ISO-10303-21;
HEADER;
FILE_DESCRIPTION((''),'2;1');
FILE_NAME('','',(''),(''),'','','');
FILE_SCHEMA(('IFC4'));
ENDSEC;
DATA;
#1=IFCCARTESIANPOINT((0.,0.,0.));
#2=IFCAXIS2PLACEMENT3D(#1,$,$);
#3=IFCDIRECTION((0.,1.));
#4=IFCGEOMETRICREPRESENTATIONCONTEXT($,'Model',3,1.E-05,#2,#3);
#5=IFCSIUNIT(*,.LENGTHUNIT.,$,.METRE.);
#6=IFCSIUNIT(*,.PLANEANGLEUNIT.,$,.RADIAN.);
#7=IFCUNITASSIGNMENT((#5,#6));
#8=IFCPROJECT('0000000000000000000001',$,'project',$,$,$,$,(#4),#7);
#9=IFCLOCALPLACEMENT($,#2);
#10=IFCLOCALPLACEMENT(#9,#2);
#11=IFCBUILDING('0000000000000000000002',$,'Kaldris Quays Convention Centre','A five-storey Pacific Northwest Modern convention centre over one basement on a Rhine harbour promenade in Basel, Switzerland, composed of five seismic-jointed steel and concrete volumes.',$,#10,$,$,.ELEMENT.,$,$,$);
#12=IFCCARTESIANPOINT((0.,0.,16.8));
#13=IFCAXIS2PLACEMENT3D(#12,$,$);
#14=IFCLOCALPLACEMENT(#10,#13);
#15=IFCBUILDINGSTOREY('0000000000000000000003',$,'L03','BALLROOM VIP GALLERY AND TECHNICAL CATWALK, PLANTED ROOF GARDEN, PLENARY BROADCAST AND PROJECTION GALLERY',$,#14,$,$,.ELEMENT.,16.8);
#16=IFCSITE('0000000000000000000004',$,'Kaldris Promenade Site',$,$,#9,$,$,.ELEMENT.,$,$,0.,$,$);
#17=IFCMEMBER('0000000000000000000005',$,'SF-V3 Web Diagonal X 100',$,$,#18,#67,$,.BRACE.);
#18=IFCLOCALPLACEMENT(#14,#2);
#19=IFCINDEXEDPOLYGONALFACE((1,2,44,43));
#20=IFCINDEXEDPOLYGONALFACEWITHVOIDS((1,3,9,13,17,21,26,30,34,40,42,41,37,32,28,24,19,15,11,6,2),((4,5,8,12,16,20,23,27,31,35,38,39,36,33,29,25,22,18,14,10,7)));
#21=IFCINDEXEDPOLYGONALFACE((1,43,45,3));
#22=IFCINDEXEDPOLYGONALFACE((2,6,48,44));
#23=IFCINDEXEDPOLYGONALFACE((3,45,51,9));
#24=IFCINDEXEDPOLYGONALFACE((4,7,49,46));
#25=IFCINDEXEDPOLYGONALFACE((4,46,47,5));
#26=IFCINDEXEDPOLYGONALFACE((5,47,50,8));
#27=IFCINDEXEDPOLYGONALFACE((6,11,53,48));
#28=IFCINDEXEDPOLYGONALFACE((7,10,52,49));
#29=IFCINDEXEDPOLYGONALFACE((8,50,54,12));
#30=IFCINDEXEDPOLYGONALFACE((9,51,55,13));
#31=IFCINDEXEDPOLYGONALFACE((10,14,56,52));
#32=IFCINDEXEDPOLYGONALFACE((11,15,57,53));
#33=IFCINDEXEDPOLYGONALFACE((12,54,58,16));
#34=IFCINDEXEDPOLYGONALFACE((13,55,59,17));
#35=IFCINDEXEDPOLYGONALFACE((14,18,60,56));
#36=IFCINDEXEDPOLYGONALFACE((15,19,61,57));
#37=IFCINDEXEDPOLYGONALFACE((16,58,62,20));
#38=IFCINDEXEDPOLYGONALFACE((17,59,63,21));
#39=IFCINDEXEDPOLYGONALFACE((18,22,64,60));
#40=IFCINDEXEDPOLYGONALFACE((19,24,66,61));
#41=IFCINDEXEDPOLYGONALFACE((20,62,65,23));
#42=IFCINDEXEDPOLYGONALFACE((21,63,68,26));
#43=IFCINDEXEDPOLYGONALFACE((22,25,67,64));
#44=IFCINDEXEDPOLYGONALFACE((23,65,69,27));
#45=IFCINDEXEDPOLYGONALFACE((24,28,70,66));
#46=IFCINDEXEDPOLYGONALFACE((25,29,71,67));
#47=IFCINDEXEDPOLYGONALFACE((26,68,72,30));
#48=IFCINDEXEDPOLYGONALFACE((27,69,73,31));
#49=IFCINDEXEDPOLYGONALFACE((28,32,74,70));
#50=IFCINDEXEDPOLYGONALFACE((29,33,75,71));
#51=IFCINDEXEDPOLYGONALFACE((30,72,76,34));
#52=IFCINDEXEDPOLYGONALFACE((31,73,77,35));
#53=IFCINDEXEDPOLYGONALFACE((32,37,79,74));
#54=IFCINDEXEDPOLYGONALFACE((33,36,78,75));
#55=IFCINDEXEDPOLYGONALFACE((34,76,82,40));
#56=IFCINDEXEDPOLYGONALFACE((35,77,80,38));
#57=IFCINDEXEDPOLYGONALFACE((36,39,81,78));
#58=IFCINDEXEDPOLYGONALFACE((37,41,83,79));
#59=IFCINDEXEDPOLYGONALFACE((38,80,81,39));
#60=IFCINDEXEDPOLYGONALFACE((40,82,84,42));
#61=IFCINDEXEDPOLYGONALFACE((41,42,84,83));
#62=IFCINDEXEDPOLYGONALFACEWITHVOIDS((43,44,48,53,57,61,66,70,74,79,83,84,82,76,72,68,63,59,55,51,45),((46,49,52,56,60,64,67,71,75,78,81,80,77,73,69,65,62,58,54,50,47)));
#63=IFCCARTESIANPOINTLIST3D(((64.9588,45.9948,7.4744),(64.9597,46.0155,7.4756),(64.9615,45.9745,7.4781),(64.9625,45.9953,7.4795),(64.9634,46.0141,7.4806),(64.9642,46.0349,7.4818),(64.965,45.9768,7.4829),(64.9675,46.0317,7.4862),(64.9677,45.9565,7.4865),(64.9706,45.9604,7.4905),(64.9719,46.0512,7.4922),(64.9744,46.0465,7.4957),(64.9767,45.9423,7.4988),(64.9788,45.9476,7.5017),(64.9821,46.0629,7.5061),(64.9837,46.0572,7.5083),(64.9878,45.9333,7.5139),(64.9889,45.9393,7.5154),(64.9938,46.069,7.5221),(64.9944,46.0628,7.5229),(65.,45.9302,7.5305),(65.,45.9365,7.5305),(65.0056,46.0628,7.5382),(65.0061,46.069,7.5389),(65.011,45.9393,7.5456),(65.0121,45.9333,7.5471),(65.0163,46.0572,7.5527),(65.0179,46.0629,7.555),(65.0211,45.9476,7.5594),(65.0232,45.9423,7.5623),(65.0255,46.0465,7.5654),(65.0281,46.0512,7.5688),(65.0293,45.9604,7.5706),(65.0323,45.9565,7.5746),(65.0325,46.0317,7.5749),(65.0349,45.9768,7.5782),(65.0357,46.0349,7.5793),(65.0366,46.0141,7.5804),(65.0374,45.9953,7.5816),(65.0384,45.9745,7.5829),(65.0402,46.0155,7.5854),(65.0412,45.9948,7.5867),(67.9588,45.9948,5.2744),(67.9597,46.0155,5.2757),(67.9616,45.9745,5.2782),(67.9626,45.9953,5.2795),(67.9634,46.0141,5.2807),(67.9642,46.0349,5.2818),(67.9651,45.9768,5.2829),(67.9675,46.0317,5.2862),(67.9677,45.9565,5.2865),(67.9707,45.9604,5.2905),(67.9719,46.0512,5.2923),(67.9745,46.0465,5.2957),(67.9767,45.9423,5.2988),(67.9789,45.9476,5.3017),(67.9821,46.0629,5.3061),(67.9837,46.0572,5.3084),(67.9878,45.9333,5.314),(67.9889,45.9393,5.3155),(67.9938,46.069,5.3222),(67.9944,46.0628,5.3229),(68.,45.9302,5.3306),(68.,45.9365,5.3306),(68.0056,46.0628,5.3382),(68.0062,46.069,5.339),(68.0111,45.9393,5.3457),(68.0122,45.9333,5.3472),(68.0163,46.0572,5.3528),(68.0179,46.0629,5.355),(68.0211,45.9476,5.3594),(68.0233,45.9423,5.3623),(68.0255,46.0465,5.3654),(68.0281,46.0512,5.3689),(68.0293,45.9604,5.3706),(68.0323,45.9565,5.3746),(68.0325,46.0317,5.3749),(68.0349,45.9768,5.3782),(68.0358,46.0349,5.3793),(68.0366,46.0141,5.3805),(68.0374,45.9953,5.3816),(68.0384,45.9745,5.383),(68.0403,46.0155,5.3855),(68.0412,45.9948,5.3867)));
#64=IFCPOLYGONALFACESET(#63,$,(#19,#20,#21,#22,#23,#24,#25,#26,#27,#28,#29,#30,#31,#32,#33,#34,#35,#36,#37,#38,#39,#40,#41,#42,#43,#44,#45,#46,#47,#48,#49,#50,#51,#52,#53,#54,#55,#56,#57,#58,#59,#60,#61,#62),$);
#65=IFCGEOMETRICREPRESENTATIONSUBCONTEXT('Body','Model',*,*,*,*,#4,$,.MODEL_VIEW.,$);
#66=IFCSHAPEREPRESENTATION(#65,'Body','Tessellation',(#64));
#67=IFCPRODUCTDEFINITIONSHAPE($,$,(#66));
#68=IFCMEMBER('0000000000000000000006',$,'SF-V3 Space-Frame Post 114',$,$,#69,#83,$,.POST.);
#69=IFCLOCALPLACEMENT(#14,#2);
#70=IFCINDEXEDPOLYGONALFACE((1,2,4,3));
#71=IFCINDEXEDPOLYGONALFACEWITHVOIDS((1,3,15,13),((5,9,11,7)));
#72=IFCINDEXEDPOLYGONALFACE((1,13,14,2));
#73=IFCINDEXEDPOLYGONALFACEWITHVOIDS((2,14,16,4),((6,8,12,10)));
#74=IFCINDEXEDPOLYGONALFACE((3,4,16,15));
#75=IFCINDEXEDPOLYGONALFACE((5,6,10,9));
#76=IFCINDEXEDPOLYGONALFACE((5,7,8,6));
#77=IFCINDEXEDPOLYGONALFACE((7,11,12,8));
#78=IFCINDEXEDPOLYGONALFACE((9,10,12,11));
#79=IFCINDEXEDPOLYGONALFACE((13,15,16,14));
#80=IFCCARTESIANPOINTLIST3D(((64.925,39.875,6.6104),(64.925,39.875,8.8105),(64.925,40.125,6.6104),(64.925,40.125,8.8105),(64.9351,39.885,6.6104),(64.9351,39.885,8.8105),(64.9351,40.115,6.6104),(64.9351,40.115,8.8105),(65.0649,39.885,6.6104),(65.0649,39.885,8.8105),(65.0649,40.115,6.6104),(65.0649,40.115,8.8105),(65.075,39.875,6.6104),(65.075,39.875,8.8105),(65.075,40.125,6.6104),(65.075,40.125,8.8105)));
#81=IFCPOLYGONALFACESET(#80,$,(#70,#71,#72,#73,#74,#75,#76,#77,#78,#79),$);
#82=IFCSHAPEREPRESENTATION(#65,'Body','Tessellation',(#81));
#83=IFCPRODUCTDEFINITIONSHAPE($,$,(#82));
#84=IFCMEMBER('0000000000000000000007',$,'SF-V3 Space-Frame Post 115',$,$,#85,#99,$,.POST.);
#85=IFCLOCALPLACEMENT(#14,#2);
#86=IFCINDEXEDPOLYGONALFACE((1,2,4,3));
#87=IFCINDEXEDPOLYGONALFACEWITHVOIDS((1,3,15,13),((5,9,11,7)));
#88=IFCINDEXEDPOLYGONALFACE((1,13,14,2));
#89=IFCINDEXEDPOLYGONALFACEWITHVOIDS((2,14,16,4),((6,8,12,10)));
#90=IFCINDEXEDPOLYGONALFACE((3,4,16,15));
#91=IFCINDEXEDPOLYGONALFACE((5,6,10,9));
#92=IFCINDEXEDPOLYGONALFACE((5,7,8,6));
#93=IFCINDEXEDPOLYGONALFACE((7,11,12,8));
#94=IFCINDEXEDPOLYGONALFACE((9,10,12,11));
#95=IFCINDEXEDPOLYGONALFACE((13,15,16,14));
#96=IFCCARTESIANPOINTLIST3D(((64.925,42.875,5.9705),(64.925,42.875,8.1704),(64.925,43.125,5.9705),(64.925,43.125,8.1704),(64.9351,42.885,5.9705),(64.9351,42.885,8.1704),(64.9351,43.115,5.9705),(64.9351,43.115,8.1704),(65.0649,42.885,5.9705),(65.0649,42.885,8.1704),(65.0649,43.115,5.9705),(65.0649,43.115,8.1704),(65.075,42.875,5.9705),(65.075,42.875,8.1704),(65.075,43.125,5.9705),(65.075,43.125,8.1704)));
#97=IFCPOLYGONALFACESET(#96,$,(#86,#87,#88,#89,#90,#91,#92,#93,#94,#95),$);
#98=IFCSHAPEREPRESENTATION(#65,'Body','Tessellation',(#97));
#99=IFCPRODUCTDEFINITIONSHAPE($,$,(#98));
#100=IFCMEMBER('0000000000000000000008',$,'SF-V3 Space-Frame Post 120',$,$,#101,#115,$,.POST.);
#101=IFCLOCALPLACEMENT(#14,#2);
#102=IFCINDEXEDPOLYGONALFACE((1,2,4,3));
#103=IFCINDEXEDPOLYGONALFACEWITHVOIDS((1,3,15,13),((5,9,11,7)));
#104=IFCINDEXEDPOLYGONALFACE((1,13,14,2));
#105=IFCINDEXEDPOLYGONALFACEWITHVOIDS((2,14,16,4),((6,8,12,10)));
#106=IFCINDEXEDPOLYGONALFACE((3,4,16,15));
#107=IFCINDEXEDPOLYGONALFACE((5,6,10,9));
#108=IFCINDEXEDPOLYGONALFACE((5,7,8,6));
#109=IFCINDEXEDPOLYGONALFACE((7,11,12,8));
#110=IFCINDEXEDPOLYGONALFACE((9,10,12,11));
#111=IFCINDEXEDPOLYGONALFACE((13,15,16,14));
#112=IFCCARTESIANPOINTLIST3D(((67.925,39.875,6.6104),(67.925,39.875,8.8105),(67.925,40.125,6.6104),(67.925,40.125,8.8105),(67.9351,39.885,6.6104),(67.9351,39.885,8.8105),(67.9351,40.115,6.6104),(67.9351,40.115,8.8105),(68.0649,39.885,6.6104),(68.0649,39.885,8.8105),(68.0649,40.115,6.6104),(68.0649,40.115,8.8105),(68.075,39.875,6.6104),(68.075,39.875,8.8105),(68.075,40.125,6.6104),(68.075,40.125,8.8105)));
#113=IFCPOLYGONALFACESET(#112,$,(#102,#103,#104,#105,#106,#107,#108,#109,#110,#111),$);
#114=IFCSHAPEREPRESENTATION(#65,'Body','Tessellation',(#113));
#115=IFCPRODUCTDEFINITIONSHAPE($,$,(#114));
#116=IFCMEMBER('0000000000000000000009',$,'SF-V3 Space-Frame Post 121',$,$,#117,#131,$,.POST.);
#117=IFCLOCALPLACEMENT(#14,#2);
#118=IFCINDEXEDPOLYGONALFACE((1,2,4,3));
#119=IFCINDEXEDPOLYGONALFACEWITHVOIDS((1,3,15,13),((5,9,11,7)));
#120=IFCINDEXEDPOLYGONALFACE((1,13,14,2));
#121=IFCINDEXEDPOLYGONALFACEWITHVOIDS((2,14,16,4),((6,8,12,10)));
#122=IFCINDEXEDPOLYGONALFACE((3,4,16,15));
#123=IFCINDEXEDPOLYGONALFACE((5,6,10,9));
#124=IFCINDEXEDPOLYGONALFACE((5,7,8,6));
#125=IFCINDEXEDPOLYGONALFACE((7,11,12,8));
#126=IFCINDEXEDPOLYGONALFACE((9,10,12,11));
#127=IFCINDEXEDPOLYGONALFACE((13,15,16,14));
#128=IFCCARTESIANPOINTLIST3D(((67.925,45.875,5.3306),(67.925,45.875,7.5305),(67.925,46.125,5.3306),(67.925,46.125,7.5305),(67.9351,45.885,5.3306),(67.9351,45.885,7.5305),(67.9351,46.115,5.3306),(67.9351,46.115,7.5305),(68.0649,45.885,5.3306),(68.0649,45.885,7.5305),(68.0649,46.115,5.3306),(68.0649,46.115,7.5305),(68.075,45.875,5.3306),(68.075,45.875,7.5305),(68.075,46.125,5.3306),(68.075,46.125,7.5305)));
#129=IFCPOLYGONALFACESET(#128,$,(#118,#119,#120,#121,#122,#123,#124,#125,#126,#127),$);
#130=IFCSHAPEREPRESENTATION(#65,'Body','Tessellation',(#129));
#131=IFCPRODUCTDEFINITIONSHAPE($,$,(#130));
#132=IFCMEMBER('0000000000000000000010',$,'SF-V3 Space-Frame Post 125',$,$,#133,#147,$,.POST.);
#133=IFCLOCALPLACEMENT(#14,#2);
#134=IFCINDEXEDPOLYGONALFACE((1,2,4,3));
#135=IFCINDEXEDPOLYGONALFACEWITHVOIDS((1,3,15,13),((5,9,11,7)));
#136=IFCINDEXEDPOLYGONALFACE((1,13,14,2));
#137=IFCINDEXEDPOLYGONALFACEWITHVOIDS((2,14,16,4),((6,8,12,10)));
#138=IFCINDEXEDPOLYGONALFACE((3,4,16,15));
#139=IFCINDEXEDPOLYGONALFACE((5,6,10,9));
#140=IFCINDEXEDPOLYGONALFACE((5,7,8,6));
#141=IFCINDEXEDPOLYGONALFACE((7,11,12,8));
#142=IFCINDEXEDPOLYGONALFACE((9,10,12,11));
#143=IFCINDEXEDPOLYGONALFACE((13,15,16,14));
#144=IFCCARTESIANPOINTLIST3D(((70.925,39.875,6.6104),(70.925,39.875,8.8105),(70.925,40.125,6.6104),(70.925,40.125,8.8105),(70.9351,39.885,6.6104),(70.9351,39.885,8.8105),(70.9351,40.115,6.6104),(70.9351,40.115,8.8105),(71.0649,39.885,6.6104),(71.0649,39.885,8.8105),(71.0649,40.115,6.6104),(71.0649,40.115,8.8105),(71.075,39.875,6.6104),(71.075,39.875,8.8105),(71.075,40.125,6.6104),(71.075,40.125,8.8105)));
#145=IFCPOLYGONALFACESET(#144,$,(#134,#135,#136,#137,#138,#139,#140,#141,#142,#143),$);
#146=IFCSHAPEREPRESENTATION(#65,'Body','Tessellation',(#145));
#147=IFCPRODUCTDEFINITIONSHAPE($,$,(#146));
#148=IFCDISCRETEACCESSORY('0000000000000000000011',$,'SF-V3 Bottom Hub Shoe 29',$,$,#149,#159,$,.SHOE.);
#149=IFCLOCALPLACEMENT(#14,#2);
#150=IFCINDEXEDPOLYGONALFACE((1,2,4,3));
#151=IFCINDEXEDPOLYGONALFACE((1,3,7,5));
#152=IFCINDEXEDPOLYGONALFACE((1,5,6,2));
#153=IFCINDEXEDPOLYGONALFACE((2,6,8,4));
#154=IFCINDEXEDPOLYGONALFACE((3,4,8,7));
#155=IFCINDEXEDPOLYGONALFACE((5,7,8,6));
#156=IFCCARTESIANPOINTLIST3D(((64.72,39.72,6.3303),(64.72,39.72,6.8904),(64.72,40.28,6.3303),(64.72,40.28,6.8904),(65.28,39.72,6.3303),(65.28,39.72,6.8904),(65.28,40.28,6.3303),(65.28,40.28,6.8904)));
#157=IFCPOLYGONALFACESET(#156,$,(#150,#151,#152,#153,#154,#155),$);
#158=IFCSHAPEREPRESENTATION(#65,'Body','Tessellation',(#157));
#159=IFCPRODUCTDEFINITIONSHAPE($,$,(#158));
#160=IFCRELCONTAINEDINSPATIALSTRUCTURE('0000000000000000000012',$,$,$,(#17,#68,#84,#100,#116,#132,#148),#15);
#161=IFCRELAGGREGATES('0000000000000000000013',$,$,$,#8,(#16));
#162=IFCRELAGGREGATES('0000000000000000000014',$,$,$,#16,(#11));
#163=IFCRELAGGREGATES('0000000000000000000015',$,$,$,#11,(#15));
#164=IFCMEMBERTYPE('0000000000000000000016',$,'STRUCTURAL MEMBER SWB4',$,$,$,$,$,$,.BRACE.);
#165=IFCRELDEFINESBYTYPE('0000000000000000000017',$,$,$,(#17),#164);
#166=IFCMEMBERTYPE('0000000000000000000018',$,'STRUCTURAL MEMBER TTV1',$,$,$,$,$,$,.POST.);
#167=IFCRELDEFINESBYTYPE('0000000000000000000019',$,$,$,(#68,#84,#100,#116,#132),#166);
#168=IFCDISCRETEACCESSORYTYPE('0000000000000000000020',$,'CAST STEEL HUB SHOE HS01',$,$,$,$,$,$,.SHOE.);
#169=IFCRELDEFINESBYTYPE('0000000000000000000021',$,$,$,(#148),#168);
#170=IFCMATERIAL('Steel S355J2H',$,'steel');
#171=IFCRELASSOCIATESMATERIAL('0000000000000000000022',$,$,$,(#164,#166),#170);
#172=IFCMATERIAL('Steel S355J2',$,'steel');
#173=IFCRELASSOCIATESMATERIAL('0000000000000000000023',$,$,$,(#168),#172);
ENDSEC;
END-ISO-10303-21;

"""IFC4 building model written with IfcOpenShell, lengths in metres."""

from ifc_helpers import new_model, si_unit, direction, frame, origin, origin_2d, place, context, subcontext, project, spatial, rectangle, hollow_rectangle, hollow_circle, extrude, material, material_profile, profile_set, type_object, element, save


model = new_model("IFC4")

# Units and contexts
model_context = context("Model", 3, precision=1e-05, world=origin(), true_north=direction((0.0, 1.0)))
body_context = subcontext(model_context, "Body", "Model", "MODEL_VIEW")
ifc_project = project(units=[si_unit("LENGTHUNIT", "METRE"), si_unit("PLANEANGLEUNIT", "RADIAN")], contexts=[model_context])

# Site, building, storey
site_placement = place(None, origin())
site = spatial("IfcSite", under=ifc_project, at=site_placement, Name="Kaldris Promenade Site", CompositionType="ELEMENT", RefElevation=0.0)
building_placement = place(site_placement, origin())
building = spatial("IfcBuilding", under=site, at=building_placement, Name="Kaldris Quays Convention Centre", Description="A five-storey Pacific Northwest Modern convention centre over one basement on a Rhine harbour promenade in Basel, Switzerland, composed of five seismic-jointed steel and concrete volumes.", CompositionType="ELEMENT")
storey_placement = place(building_placement, frame((0.0, 0.0, 16.8)))
storey = spatial("IfcBuildingStorey", under=building, at=storey_placement, Name="L03", Description="BALLROOM VIP GALLERY AND TECHNICAL CATWALK, PLANTED ROOF GARDEN, PLENARY BROADCAST AND PROJECTION GALLERY", CompositionType="ELEMENT", Elevation=16.8)

# Members
ifc_material_1 = material(Name="Steel S355J2H", Category="steel")
ifc_material_profile_1 = material_profile(ifc_material_1, hollow_circle(Radius=0.0698, WallThickness=0.0063, at=origin_2d()), Name="CHS 139.7x6.3")
ifc_profile_set_1 = profile_set([ifc_material_profile_1], Name="Steel S355J2H")
member_type_1 = type_object("IfcMemberType", Name="STRUCTURAL MEMBER SWB4", PredefinedType="BRACE", material=ifc_profile_set_1)
for number, where, z_axis, x_axis, name in (
    (1, (68.0, 46.0, 5.3306), (-0.806411, 0.0, 0.591355), (0.0, -1.0, 0.0), "SF-V3 Web Diagonal X 100"),
):
    element("IfcMember", number, at=place(storey_placement, frame(where, z_axis=z_axis, x_axis=x_axis)), inside=storey, type_object=member_type_1, Name=name, PredefinedType="BRACE", context=body_context, shape_type="SweptSolid", body=[
        extrude(hollow_circle(Radius=0.0698, WallThickness=0.0063, at=origin_2d()), origin(), (0.0, 0.0, 1.0), 3.7202),
    ])
ifc_material_profile_2 = material_profile(ifc_material_1, hollow_rectangle(XDim=0.1499, YDim=0.25, WallThickness=0.01, at=origin_2d()), Name="RHS 250x150x10")
ifc_profile_set_2 = profile_set([ifc_material_profile_2], Name="Steel S355J2H")
member_type_2 = type_object("IfcMemberType", Name="STRUCTURAL MEMBER TTV1", PredefinedType="POST", material=ifc_profile_set_2)
member_1_placement = place(storey_placement, frame((65.0, 40.0, 6.6104), z_axis=(0.0, 0.0, 1.0), x_axis=(1.0, 0.0, 0.0)))
element("IfcMember", 2, at=member_1_placement, inside=storey, type_object=member_type_2, Name="SF-V3 Space-Frame Post 114", PredefinedType="POST", context=body_context, shape_type="SweptSolid", body=[
    extrude(hollow_rectangle(XDim=0.1499, YDim=0.25, WallThickness=0.01, at=origin_2d()), origin(), (0.0, 0.0, 1.0), 2.2002),
])
member_2_placement = place(storey_placement, frame((65.0, 43.0, 5.9705), z_axis=(0.0, 0.0, 1.0), x_axis=(1.0, 0.0, 0.0)))
element("IfcMember", 3, at=member_2_placement, inside=storey, type_object=member_type_2, Name="SF-V3 Space-Frame Post 115", PredefinedType="POST", context=body_context, shape_type="SweptSolid", body=[
    extrude(hollow_rectangle(XDim=0.1499, YDim=0.25, WallThickness=0.01, at=origin_2d()), origin(), (0.0, 0.0, 1.0), 2.2),
])
member_3_placement = place(storey_placement, frame((68.0, 40.0, 6.6104), z_axis=(0.0, 0.0, 1.0), x_axis=(1.0, 0.0, 0.0)))
element("IfcMember", 4, at=member_3_placement, inside=storey, type_object=member_type_2, Name="SF-V3 Space-Frame Post 120", PredefinedType="POST", context=body_context, shape_type="SweptSolid", body=[
    extrude(hollow_rectangle(XDim=0.1499, YDim=0.25, WallThickness=0.01, at=origin_2d()), origin(), (0.0, 0.0, 1.0), 2.2002),
])
member_4_placement = place(storey_placement, frame((68.0, 46.0, 5.3306), z_axis=(0.0, 0.0, 1.0), x_axis=(1.0, 0.0, 0.0)))
element("IfcMember", 5, at=member_4_placement, inside=storey, type_object=member_type_2, Name="SF-V3 Space-Frame Post 121", PredefinedType="POST", context=body_context, shape_type="SweptSolid", body=[
    extrude(hollow_rectangle(XDim=0.1499, YDim=0.25, WallThickness=0.01, at=origin_2d()), origin(), (0.0, 0.0, 1.0), 2.2),
])
member_5_placement = place(storey_placement, frame((71.0, 40.0, 6.6104), z_axis=(0.0, 0.0, 1.0), x_axis=(1.0, 0.0, 0.0)))
element("IfcMember", 6, at=member_5_placement, inside=storey, type_object=member_type_2, Name="SF-V3 Space-Frame Post 125", PredefinedType="POST", context=body_context, shape_type="SweptSolid", body=[
    extrude(hollow_rectangle(XDim=0.1499, YDim=0.25, WallThickness=0.01, at=origin_2d()), origin(), (0.0, 0.0, 1.0), 2.2002),
])

# Discrete accessory
ifc_material_2 = material(Name="Steel S355J2", Category="steel")
discrete_accessory_type = type_object("IfcDiscreteAccessoryType", Name="CAST STEEL HUB SHOE HS01", PredefinedType="SHOE", material=ifc_material_2)
discrete_accessory_placement = place(storey_placement, frame((65.0, 40.0, 6.3303), z_axis=(0.0, 0.0, 1.0), x_axis=(1.0, 0.0, 0.0)))
element("IfcDiscreteAccessory", 7, at=discrete_accessory_placement, inside=storey, type_object=discrete_accessory_type, Name="SF-V3 Bottom Hub Shoe 29", PredefinedType="SHOE", context=body_context, shape_type="SweptSolid", body=[
    extrude(rectangle(XDim=0.5601, YDim=0.5601, at=origin_2d()), origin(), (0.0, 0.0, 1.0), 0.5601),
])

save(model, "model.ifc")
